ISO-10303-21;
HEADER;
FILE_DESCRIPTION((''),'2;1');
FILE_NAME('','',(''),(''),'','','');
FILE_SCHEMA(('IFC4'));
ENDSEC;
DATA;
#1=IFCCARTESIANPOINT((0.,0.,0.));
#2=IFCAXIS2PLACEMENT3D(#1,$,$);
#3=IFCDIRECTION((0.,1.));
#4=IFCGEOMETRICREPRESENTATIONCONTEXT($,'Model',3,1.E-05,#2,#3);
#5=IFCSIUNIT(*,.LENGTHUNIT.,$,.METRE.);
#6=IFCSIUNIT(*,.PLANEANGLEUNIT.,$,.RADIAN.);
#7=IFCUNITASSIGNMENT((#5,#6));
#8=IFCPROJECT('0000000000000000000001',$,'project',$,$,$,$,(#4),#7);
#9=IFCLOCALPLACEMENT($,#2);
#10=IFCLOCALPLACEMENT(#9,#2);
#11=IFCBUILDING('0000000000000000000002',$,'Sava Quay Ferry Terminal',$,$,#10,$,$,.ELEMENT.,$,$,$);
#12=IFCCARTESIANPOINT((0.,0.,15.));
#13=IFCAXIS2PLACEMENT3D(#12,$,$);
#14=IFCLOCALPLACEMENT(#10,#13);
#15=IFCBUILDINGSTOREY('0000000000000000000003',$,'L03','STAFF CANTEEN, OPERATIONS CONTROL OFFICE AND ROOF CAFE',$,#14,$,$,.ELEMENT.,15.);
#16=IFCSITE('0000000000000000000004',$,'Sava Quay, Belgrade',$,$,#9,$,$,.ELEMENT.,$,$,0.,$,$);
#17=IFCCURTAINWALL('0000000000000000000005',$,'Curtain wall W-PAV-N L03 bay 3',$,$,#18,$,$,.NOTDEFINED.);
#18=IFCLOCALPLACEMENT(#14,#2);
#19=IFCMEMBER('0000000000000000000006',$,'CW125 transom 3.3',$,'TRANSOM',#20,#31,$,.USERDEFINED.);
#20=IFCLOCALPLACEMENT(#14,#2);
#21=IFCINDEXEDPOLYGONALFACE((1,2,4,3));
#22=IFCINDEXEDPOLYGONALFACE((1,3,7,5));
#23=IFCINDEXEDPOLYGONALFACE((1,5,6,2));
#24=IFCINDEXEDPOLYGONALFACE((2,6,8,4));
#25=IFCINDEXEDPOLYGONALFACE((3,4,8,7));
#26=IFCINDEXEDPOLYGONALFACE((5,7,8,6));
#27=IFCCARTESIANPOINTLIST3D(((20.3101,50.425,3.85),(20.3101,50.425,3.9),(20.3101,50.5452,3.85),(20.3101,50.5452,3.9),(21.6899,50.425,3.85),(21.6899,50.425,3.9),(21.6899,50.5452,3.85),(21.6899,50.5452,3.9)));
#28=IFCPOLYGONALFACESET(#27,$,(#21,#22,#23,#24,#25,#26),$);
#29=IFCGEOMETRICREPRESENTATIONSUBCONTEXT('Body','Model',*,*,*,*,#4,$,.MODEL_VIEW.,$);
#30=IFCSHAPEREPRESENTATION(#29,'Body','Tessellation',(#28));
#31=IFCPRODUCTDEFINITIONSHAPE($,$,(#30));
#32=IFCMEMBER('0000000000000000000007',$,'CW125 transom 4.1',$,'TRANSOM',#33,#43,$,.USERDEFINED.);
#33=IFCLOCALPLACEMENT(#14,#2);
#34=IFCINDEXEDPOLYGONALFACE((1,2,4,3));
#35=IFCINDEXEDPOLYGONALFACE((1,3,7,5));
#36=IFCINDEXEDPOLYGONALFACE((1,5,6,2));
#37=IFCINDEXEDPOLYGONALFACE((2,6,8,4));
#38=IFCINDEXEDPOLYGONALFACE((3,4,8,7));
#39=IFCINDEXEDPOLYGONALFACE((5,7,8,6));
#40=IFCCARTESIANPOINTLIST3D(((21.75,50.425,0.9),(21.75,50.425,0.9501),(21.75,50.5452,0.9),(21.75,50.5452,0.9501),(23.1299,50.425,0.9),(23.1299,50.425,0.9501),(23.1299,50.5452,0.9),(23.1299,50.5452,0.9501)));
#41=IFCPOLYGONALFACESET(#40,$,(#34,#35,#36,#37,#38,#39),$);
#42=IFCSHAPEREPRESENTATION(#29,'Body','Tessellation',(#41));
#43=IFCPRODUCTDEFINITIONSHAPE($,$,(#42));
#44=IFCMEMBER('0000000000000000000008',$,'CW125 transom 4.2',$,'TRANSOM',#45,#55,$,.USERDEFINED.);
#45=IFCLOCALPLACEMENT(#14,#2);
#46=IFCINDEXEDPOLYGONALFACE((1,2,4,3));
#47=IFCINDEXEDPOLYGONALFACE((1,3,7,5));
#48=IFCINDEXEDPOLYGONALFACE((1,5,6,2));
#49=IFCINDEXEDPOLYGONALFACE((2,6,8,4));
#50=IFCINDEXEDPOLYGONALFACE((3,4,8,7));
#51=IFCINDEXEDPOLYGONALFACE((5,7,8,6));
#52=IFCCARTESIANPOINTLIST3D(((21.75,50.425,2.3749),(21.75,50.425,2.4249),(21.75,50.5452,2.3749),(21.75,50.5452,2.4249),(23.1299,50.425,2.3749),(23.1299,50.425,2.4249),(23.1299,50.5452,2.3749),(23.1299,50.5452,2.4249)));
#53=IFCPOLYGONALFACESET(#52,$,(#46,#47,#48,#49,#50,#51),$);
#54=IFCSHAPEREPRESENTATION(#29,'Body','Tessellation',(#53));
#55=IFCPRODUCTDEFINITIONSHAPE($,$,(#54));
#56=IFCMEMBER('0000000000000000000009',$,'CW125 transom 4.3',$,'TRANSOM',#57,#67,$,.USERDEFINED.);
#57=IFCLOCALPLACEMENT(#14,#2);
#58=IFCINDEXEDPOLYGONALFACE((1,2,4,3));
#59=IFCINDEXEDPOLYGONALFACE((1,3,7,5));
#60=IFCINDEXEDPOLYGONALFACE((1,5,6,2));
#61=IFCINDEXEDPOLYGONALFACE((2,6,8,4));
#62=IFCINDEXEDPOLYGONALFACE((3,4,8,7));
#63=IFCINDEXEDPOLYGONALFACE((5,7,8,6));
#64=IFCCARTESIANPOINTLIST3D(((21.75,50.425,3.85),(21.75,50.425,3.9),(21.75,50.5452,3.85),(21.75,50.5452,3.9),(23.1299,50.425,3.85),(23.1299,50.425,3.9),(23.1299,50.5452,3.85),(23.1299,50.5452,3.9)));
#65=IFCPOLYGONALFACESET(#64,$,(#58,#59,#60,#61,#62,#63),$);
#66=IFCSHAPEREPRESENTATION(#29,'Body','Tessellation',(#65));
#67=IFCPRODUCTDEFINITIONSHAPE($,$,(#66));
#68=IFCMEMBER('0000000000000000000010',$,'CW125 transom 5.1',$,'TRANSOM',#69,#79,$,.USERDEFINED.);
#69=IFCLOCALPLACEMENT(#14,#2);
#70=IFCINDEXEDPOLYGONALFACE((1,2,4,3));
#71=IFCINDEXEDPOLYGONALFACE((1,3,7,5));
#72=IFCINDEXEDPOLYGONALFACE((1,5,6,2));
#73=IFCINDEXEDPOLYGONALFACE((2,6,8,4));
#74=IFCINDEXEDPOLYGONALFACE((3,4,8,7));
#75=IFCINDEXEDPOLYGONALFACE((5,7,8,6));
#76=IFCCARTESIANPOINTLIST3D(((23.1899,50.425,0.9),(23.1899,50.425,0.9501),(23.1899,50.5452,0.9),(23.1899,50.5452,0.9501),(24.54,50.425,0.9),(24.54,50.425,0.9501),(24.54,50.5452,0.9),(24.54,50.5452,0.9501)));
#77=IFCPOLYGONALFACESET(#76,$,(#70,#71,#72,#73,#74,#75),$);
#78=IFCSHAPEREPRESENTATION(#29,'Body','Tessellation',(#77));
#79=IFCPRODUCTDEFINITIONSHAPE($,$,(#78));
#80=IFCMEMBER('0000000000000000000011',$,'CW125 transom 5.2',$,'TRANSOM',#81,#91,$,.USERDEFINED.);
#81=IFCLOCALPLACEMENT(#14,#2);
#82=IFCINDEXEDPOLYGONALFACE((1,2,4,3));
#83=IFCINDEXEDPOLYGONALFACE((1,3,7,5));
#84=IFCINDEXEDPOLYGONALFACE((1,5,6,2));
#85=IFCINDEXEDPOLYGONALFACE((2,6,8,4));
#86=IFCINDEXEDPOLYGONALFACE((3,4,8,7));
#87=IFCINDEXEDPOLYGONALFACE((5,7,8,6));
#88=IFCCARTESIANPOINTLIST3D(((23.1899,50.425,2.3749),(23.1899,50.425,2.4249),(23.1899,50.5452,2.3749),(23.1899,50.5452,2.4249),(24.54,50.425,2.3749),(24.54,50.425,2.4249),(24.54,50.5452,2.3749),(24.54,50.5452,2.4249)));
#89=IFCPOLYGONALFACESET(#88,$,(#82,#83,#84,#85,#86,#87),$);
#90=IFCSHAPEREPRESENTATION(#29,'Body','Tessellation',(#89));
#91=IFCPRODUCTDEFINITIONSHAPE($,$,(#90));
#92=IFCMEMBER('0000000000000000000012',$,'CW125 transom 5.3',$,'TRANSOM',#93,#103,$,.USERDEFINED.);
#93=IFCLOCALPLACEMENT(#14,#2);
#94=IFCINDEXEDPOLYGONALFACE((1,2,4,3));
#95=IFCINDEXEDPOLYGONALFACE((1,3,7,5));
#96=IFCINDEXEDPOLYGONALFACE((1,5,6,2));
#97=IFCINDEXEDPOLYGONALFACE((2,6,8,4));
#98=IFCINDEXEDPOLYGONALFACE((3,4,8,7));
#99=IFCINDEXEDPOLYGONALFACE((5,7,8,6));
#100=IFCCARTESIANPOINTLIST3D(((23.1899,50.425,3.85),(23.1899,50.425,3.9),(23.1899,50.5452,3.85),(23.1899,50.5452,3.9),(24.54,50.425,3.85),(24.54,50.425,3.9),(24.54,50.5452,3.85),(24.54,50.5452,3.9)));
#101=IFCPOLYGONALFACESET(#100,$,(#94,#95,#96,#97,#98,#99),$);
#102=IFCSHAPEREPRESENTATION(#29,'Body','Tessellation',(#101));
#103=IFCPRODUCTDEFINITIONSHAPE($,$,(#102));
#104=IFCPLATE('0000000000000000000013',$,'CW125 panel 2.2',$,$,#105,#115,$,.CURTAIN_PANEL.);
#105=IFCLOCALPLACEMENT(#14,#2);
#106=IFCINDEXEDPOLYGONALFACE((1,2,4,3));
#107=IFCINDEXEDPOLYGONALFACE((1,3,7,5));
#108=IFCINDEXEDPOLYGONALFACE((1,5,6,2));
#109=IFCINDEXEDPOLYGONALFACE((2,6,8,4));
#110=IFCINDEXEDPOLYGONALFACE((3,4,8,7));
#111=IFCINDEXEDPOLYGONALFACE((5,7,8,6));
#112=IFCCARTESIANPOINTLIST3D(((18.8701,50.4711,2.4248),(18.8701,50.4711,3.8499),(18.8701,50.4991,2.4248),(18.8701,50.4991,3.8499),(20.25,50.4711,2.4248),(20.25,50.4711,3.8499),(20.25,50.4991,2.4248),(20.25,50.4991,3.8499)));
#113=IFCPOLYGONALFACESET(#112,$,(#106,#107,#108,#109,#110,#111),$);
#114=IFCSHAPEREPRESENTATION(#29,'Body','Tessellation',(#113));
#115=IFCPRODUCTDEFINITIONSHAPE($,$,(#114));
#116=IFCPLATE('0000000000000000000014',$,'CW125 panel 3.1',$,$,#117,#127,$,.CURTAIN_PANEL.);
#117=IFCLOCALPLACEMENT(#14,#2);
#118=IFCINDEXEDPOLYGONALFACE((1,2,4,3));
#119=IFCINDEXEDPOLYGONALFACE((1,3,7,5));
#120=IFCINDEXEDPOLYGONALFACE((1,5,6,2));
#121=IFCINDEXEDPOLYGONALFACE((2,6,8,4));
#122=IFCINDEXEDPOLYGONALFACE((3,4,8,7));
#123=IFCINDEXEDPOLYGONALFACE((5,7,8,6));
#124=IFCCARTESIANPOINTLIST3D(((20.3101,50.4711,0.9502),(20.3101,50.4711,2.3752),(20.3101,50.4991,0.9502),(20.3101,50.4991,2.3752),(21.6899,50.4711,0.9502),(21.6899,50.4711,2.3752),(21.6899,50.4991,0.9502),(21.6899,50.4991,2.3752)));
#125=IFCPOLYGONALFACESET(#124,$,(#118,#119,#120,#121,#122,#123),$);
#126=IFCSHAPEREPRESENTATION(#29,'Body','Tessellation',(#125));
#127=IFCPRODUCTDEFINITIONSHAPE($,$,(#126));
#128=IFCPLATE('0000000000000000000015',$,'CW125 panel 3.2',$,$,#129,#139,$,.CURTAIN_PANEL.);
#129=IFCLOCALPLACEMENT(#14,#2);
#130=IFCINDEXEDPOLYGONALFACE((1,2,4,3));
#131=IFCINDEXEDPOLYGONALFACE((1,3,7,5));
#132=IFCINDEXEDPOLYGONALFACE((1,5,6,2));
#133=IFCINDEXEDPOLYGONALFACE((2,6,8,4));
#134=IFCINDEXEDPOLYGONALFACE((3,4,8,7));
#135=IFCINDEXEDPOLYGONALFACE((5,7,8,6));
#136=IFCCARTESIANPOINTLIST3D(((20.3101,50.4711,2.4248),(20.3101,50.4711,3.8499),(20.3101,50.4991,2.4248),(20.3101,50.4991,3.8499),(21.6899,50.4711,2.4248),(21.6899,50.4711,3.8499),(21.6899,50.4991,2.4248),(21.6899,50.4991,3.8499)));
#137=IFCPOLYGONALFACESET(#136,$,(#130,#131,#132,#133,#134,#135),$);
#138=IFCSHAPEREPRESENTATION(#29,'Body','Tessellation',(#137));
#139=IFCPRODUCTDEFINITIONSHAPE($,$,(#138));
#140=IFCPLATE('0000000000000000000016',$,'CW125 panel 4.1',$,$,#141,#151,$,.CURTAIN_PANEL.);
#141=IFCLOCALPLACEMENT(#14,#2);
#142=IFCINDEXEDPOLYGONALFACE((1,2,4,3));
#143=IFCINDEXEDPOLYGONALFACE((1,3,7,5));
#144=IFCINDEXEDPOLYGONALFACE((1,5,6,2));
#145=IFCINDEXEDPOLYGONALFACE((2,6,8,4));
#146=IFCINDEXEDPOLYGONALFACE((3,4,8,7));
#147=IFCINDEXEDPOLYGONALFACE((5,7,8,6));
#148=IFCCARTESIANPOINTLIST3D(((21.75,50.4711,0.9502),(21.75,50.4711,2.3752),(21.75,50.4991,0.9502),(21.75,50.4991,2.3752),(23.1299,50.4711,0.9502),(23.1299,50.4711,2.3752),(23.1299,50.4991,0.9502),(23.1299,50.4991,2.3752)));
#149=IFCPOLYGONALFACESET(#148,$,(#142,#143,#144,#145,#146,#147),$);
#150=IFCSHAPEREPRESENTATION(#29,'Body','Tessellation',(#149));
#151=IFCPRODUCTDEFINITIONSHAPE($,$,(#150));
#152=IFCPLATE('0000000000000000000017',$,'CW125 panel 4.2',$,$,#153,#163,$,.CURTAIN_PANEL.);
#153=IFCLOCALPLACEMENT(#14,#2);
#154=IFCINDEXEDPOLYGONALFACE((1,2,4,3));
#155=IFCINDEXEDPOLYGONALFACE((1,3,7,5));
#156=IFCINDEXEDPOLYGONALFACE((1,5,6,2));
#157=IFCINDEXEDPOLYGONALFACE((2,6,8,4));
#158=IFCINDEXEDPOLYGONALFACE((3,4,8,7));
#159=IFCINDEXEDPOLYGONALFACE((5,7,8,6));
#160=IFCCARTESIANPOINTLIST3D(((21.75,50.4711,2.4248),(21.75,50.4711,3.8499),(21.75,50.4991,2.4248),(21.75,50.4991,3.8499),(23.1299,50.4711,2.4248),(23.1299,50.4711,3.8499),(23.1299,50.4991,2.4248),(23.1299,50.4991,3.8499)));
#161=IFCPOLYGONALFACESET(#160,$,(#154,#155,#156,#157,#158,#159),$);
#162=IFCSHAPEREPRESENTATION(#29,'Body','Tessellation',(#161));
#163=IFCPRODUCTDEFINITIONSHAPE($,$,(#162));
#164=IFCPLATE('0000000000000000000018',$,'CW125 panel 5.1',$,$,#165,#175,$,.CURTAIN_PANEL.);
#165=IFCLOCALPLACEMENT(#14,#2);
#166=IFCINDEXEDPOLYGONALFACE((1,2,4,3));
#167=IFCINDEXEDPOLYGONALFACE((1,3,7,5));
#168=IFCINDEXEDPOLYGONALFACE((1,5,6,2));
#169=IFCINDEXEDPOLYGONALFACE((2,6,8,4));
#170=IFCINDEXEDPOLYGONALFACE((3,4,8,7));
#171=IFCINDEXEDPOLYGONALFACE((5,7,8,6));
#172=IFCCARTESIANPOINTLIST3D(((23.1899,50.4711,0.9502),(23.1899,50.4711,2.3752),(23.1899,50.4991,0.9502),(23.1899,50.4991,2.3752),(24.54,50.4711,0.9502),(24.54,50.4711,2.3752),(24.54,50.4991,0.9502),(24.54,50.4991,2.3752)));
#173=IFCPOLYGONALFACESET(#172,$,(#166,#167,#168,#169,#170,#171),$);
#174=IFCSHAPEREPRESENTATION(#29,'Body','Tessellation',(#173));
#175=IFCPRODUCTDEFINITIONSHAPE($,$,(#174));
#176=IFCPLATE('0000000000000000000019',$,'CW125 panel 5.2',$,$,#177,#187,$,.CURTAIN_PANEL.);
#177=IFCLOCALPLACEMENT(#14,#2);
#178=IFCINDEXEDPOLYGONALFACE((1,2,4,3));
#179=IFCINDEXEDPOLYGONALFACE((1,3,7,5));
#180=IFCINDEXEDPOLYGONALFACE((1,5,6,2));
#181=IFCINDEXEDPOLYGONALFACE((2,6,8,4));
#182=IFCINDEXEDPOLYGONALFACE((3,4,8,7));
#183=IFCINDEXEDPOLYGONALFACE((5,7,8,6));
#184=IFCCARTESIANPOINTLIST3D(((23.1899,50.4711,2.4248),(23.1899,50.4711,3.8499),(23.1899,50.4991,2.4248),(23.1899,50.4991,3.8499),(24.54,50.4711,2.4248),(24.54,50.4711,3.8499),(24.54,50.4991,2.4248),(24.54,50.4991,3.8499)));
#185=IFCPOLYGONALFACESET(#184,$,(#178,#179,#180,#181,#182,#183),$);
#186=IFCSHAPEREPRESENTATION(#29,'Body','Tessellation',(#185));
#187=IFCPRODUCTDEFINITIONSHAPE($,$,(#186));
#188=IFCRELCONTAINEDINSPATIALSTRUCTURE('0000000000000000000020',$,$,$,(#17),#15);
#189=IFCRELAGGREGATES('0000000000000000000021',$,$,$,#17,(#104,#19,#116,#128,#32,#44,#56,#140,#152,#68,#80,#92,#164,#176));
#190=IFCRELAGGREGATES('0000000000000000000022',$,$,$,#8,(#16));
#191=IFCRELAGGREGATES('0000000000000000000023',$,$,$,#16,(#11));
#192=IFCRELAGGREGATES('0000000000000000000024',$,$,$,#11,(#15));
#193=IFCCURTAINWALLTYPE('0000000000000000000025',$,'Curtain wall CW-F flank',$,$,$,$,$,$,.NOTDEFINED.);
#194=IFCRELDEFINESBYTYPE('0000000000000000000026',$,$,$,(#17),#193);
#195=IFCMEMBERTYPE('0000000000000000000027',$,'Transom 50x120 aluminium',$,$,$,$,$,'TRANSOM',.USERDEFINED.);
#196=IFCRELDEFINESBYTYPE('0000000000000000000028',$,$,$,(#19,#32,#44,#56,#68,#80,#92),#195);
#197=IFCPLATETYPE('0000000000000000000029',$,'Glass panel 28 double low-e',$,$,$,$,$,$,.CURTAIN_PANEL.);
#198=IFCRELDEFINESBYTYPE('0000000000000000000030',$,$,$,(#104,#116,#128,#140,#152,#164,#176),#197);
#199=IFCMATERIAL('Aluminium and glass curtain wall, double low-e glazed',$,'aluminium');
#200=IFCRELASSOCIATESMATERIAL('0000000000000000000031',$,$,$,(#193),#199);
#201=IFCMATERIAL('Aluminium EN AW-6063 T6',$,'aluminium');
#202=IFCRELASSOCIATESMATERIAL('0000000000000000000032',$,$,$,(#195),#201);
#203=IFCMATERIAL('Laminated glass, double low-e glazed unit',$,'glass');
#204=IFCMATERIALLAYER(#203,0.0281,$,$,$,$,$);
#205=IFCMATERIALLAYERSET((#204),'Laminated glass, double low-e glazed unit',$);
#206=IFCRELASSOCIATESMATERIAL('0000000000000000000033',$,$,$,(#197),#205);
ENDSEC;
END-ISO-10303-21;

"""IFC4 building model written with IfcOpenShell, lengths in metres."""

from ifc_helpers import new_model, si_unit, direction, frame, origin, origin_2d, place, context, subcontext, project, spatial, rectangle, extrude, material, layer, layer_set, material_profile, profile_set, type_object, element, aggregate, save


model = new_model("IFC4")

# Units and contexts
model_context = context("Model", 3, precision=1e-05, world=origin(), true_north=direction((0.0, 1.0)))
body_context = subcontext(model_context, "Body", "Model", "MODEL_VIEW")
ifc_project = project(units=[si_unit("LENGTHUNIT", "METRE"), si_unit("PLANEANGLEUNIT", "RADIAN")], contexts=[model_context])

# Site, building, storey
site_placement = place(None, origin())
site = spatial("IfcSite", under=ifc_project, at=site_placement, Name="Sava Quay, Belgrade", CompositionType="ELEMENT", RefElevation=0.0)
building_placement = place(site_placement, origin())
building = spatial("IfcBuilding", under=site, at=building_placement, Name="Sava Quay Ferry Terminal", CompositionType="ELEMENT")
storey_placement = place(building_placement, frame((0.0, 0.0, 15.0)))
storey = spatial("IfcBuildingStorey", under=building, at=storey_placement, Name="L03", Description="STAFF CANTEEN, OPERATIONS CONTROL OFFICE AND ROOF CAFE", CompositionType="ELEMENT", Elevation=15.0)

# Curtain wall
ifc_material_1 = material(Name="Aluminium and glass curtain wall, double low-e glazed", Category="aluminium")
curtain_wall_type = type_object("IfcCurtainWallType", Name="Curtain wall CW-F flank", PredefinedType="NOTDEFINED", material=ifc_material_1)
curtain_wall_placement = place(storey_placement, origin())
curtain_wall = element("IfcCurtainWall", 1, at=curtain_wall_placement, inside=storey, type_object=curtain_wall_type, Name="Curtain wall W-PAV-N L03 bay 3", PredefinedType="NOTDEFINED")

# Members
ifc_material_2 = material(Name="Aluminium EN AW-6063 T6", Category="aluminium")
ifc_material_profile_1 = material_profile(ifc_material_2, rectangle(XDim=0.1201, YDim=0.05, at=origin_2d()), Name="Transom 50x120 aluminium")
ifc_profile_set_1 = profile_set([ifc_material_profile_1], Name="Aluminium EN AW-6063 T6")
member_type_1 = type_object("IfcMemberType", Name="Transom 50x120 aluminium", ElementType="TRANSOM", PredefinedType="USERDEFINED", material=ifc_profile_set_1)
member_1_placement = place(storey_placement, frame((20.3101, 50.4851, 3.875), z_axis=(1.0, 0.0, 0.0), x_axis=(0.0, 1.0, 0.0)))
member_1 = element("IfcMember", 2, at=member_1_placement, type_object=member_type_1, Name="CW125 transom 3.3", ObjectType="TRANSOM", PredefinedType="USERDEFINED", context=body_context, shape_type="SweptSolid", body=[
    extrude(rectangle(XDim=0.1201, YDim=0.05, at=origin_2d()), origin(), (0.0, 0.0, 1.0), 1.3799),
])
member_2_placement = place(storey_placement, frame((21.75, 50.4851, 0.925), z_axis=(1.0, 0.0, 0.0), x_axis=(0.0, 1.0, 0.0)))
member_2 = element("IfcMember", 3, at=member_2_placement, type_object=member_type_1, Name="CW125 transom 4.1", ObjectType="TRANSOM", PredefinedType="USERDEFINED", context=body_context, shape_type="SweptSolid", body=[
    extrude(rectangle(XDim=0.1201, YDim=0.05, at=origin_2d()), origin(), (0.0, 0.0, 1.0), 1.3799),
])
member_3_placement = place(storey_placement, frame((21.75, 50.4851, 2.3999), z_axis=(1.0, 0.0, 0.0), x_axis=(0.0, 1.0, 0.0)))
member_3 = element("IfcMember", 4, at=member_3_placement, type_object=member_type_1, Name="CW125 transom 4.2", ObjectType="TRANSOM", PredefinedType="USERDEFINED", context=body_context, shape_type="SweptSolid", body=[
    extrude(rectangle(XDim=0.1201, YDim=0.05, at=origin_2d()), origin(), (0.0, 0.0, 1.0), 1.3799),
])
member_4_placement = place(storey_placement, frame((21.75, 50.4851, 3.875), z_axis=(1.0, 0.0, 0.0), x_axis=(0.0, 1.0, 0.0)))
member_4 = element("IfcMember", 5, at=member_4_placement, type_object=member_type_1, Name="CW125 transom 4.3", ObjectType="TRANSOM", PredefinedType="USERDEFINED", context=body_context, shape_type="SweptSolid", body=[
    extrude(rectangle(XDim=0.1201, YDim=0.05, at=origin_2d()), origin(), (0.0, 0.0, 1.0), 1.3799),
])
member_5_placement = place(storey_placement, frame((23.1899, 50.4851, 0.925), z_axis=(1.0, 0.0, 0.0), x_axis=(0.0, 1.0, 0.0)))
member_5 = element("IfcMember", 6, at=member_5_placement, type_object=member_type_1, Name="CW125 transom 5.1", ObjectType="TRANSOM", PredefinedType="USERDEFINED", context=body_context, shape_type="SweptSolid", body=[
    extrude(rectangle(XDim=0.1201, YDim=0.05, at=origin_2d()), origin(), (0.0, 0.0, 1.0), 1.3501),
])
member_6_placement = place(storey_placement, frame((23.1899, 50.4851, 2.3999), z_axis=(1.0, 0.0, 0.0), x_axis=(0.0, 1.0, 0.0)))
member_6 = element("IfcMember", 7, at=member_6_placement, type_object=member_type_1, Name="CW125 transom 5.2", ObjectType="TRANSOM", PredefinedType="USERDEFINED", context=body_context, shape_type="SweptSolid", body=[
    extrude(rectangle(XDim=0.1201, YDim=0.05, at=origin_2d()), origin(), (0.0, 0.0, 1.0), 1.3501),
])
member_7_placement = place(storey_placement, frame((23.1899, 50.4851, 3.875), z_axis=(1.0, 0.0, 0.0), x_axis=(0.0, 1.0, 0.0)))
member_7 = element("IfcMember", 8, at=member_7_placement, type_object=member_type_1, Name="CW125 transom 5.3", ObjectType="TRANSOM", PredefinedType="USERDEFINED", context=body_context, shape_type="SweptSolid", body=[
    extrude(rectangle(XDim=0.1201, YDim=0.05, at=origin_2d()), origin(), (0.0, 0.0, 1.0), 1.3501),
])

# Plates
ifc_material_3 = material(Name="Laminated glass, double low-e glazed unit", Category="glass")
ifc_layer_1 = layer(ifc_material_3, 0.0281)
ifc_layer_set_1 = layer_set([ifc_layer_1], Name="Laminated glass, double low-e glazed unit")
plate_type = type_object("IfcPlateType", Name="Glass panel 28 double low-e", PredefinedType="CURTAIN_PANEL", material=ifc_layer_set_1)
plate_1_placement = place(storey_placement, frame((19.5601, 50.4851, 2.4248), z_axis=(0.0, 0.0, 1.0), x_axis=(1.0, 0.0, 0.0)))
plate_1 = element("IfcPlate", 9, at=plate_1_placement, type_object=plate_type, Name="CW125 panel 2.2", PredefinedType="CURTAIN_PANEL", context=body_context, shape_type="SweptSolid", body=[
    extrude(rectangle(XDim=1.3799, YDim=0.0281, at=origin_2d()), origin(), (0.0, 0.0, 1.0), 1.425),
])
plate_2_placement = place(storey_placement, frame((21.0, 50.4851, 0.9502), z_axis=(0.0, 0.0, 1.0), x_axis=(1.0, 0.0, 0.0)))
plate_2 = element("IfcPlate", 10, at=plate_2_placement, type_object=plate_type, Name="CW125 panel 3.1", PredefinedType="CURTAIN_PANEL", context=body_context, shape_type="SweptSolid", body=[
    extrude(rectangle(XDim=1.3799, YDim=0.0281, at=origin_2d()), origin(), (0.0, 0.0, 1.0), 1.425),
])
plate_3_placement = place(storey_placement, frame((21.0, 50.4851, 2.4248), z_axis=(0.0, 0.0, 1.0), x_axis=(1.0, 0.0, 0.0)))
plate_3 = element("IfcPlate", 11, at=plate_3_placement, type_object=plate_type, Name="CW125 panel 3.2", PredefinedType="CURTAIN_PANEL", context=body_context, shape_type="SweptSolid", body=[
    extrude(rectangle(XDim=1.3799, YDim=0.0281, at=origin_2d()), origin(), (0.0, 0.0, 1.0), 1.425),
])
plate_4_placement = place(storey_placement, frame((22.4399, 50.4851, 0.9502), z_axis=(0.0, 0.0, 1.0), x_axis=(1.0, 0.0, 0.0)))
plate_4 = element("IfcPlate", 12, at=plate_4_placement, type_object=plate_type, Name="CW125 panel 4.1", PredefinedType="CURTAIN_PANEL", context=body_context, shape_type="SweptSolid", body=[
    extrude(rectangle(XDim=1.3799, YDim=0.0281, at=origin_2d()), origin(), (0.0, 0.0, 1.0), 1.425),
])
plate_5_placement = place(storey_placement, frame((22.4399, 50.4851, 2.4248), z_axis=(0.0, 0.0, 1.0), x_axis=(1.0, 0.0, 0.0)))
plate_5 = element("IfcPlate", 13, at=plate_5_placement, type_object=plate_type, Name="CW125 panel 4.2", PredefinedType="CURTAIN_PANEL", context=body_context, shape_type="SweptSolid", body=[
    extrude(rectangle(XDim=1.3799, YDim=0.0281, at=origin_2d()), origin(), (0.0, 0.0, 1.0), 1.425),
])
plate_6_placement = place(storey_placement, frame((23.865, 50.4851, 0.9502), z_axis=(0.0, 0.0, 1.0), x_axis=(1.0, 0.0, 0.0)))
plate_6 = element("IfcPlate", 14, at=plate_6_placement, type_object=plate_type, Name="CW125 panel 5.1", PredefinedType="CURTAIN_PANEL", context=body_context, shape_type="SweptSolid", body=[
    extrude(rectangle(XDim=1.3501, YDim=0.0281, at=origin_2d()), origin(), (0.0, 0.0, 1.0), 1.425),
])
plate_7_placement = place(storey_placement, frame((23.865, 50.4851, 2.4248), z_axis=(0.0, 0.0, 1.0), x_axis=(1.0, 0.0, 0.0)))
plate_7 = element("IfcPlate", 15, at=plate_7_placement, type_object=plate_type, Name="CW125 panel 5.2", PredefinedType="CURTAIN_PANEL", context=body_context, shape_type="SweptSolid", body=[
    extrude(rectangle(XDim=1.3501, YDim=0.0281, at=origin_2d()), origin(), (0.0, 0.0, 1.0), 1.425),
])
aggregate(curtain_wall, [plate_1, member_1, plate_2, plate_3, member_2, member_3, member_4, plate_4, plate_5, member_5, member_6, member_7, plate_6, plate_7])

save(model, "model.ifc")
